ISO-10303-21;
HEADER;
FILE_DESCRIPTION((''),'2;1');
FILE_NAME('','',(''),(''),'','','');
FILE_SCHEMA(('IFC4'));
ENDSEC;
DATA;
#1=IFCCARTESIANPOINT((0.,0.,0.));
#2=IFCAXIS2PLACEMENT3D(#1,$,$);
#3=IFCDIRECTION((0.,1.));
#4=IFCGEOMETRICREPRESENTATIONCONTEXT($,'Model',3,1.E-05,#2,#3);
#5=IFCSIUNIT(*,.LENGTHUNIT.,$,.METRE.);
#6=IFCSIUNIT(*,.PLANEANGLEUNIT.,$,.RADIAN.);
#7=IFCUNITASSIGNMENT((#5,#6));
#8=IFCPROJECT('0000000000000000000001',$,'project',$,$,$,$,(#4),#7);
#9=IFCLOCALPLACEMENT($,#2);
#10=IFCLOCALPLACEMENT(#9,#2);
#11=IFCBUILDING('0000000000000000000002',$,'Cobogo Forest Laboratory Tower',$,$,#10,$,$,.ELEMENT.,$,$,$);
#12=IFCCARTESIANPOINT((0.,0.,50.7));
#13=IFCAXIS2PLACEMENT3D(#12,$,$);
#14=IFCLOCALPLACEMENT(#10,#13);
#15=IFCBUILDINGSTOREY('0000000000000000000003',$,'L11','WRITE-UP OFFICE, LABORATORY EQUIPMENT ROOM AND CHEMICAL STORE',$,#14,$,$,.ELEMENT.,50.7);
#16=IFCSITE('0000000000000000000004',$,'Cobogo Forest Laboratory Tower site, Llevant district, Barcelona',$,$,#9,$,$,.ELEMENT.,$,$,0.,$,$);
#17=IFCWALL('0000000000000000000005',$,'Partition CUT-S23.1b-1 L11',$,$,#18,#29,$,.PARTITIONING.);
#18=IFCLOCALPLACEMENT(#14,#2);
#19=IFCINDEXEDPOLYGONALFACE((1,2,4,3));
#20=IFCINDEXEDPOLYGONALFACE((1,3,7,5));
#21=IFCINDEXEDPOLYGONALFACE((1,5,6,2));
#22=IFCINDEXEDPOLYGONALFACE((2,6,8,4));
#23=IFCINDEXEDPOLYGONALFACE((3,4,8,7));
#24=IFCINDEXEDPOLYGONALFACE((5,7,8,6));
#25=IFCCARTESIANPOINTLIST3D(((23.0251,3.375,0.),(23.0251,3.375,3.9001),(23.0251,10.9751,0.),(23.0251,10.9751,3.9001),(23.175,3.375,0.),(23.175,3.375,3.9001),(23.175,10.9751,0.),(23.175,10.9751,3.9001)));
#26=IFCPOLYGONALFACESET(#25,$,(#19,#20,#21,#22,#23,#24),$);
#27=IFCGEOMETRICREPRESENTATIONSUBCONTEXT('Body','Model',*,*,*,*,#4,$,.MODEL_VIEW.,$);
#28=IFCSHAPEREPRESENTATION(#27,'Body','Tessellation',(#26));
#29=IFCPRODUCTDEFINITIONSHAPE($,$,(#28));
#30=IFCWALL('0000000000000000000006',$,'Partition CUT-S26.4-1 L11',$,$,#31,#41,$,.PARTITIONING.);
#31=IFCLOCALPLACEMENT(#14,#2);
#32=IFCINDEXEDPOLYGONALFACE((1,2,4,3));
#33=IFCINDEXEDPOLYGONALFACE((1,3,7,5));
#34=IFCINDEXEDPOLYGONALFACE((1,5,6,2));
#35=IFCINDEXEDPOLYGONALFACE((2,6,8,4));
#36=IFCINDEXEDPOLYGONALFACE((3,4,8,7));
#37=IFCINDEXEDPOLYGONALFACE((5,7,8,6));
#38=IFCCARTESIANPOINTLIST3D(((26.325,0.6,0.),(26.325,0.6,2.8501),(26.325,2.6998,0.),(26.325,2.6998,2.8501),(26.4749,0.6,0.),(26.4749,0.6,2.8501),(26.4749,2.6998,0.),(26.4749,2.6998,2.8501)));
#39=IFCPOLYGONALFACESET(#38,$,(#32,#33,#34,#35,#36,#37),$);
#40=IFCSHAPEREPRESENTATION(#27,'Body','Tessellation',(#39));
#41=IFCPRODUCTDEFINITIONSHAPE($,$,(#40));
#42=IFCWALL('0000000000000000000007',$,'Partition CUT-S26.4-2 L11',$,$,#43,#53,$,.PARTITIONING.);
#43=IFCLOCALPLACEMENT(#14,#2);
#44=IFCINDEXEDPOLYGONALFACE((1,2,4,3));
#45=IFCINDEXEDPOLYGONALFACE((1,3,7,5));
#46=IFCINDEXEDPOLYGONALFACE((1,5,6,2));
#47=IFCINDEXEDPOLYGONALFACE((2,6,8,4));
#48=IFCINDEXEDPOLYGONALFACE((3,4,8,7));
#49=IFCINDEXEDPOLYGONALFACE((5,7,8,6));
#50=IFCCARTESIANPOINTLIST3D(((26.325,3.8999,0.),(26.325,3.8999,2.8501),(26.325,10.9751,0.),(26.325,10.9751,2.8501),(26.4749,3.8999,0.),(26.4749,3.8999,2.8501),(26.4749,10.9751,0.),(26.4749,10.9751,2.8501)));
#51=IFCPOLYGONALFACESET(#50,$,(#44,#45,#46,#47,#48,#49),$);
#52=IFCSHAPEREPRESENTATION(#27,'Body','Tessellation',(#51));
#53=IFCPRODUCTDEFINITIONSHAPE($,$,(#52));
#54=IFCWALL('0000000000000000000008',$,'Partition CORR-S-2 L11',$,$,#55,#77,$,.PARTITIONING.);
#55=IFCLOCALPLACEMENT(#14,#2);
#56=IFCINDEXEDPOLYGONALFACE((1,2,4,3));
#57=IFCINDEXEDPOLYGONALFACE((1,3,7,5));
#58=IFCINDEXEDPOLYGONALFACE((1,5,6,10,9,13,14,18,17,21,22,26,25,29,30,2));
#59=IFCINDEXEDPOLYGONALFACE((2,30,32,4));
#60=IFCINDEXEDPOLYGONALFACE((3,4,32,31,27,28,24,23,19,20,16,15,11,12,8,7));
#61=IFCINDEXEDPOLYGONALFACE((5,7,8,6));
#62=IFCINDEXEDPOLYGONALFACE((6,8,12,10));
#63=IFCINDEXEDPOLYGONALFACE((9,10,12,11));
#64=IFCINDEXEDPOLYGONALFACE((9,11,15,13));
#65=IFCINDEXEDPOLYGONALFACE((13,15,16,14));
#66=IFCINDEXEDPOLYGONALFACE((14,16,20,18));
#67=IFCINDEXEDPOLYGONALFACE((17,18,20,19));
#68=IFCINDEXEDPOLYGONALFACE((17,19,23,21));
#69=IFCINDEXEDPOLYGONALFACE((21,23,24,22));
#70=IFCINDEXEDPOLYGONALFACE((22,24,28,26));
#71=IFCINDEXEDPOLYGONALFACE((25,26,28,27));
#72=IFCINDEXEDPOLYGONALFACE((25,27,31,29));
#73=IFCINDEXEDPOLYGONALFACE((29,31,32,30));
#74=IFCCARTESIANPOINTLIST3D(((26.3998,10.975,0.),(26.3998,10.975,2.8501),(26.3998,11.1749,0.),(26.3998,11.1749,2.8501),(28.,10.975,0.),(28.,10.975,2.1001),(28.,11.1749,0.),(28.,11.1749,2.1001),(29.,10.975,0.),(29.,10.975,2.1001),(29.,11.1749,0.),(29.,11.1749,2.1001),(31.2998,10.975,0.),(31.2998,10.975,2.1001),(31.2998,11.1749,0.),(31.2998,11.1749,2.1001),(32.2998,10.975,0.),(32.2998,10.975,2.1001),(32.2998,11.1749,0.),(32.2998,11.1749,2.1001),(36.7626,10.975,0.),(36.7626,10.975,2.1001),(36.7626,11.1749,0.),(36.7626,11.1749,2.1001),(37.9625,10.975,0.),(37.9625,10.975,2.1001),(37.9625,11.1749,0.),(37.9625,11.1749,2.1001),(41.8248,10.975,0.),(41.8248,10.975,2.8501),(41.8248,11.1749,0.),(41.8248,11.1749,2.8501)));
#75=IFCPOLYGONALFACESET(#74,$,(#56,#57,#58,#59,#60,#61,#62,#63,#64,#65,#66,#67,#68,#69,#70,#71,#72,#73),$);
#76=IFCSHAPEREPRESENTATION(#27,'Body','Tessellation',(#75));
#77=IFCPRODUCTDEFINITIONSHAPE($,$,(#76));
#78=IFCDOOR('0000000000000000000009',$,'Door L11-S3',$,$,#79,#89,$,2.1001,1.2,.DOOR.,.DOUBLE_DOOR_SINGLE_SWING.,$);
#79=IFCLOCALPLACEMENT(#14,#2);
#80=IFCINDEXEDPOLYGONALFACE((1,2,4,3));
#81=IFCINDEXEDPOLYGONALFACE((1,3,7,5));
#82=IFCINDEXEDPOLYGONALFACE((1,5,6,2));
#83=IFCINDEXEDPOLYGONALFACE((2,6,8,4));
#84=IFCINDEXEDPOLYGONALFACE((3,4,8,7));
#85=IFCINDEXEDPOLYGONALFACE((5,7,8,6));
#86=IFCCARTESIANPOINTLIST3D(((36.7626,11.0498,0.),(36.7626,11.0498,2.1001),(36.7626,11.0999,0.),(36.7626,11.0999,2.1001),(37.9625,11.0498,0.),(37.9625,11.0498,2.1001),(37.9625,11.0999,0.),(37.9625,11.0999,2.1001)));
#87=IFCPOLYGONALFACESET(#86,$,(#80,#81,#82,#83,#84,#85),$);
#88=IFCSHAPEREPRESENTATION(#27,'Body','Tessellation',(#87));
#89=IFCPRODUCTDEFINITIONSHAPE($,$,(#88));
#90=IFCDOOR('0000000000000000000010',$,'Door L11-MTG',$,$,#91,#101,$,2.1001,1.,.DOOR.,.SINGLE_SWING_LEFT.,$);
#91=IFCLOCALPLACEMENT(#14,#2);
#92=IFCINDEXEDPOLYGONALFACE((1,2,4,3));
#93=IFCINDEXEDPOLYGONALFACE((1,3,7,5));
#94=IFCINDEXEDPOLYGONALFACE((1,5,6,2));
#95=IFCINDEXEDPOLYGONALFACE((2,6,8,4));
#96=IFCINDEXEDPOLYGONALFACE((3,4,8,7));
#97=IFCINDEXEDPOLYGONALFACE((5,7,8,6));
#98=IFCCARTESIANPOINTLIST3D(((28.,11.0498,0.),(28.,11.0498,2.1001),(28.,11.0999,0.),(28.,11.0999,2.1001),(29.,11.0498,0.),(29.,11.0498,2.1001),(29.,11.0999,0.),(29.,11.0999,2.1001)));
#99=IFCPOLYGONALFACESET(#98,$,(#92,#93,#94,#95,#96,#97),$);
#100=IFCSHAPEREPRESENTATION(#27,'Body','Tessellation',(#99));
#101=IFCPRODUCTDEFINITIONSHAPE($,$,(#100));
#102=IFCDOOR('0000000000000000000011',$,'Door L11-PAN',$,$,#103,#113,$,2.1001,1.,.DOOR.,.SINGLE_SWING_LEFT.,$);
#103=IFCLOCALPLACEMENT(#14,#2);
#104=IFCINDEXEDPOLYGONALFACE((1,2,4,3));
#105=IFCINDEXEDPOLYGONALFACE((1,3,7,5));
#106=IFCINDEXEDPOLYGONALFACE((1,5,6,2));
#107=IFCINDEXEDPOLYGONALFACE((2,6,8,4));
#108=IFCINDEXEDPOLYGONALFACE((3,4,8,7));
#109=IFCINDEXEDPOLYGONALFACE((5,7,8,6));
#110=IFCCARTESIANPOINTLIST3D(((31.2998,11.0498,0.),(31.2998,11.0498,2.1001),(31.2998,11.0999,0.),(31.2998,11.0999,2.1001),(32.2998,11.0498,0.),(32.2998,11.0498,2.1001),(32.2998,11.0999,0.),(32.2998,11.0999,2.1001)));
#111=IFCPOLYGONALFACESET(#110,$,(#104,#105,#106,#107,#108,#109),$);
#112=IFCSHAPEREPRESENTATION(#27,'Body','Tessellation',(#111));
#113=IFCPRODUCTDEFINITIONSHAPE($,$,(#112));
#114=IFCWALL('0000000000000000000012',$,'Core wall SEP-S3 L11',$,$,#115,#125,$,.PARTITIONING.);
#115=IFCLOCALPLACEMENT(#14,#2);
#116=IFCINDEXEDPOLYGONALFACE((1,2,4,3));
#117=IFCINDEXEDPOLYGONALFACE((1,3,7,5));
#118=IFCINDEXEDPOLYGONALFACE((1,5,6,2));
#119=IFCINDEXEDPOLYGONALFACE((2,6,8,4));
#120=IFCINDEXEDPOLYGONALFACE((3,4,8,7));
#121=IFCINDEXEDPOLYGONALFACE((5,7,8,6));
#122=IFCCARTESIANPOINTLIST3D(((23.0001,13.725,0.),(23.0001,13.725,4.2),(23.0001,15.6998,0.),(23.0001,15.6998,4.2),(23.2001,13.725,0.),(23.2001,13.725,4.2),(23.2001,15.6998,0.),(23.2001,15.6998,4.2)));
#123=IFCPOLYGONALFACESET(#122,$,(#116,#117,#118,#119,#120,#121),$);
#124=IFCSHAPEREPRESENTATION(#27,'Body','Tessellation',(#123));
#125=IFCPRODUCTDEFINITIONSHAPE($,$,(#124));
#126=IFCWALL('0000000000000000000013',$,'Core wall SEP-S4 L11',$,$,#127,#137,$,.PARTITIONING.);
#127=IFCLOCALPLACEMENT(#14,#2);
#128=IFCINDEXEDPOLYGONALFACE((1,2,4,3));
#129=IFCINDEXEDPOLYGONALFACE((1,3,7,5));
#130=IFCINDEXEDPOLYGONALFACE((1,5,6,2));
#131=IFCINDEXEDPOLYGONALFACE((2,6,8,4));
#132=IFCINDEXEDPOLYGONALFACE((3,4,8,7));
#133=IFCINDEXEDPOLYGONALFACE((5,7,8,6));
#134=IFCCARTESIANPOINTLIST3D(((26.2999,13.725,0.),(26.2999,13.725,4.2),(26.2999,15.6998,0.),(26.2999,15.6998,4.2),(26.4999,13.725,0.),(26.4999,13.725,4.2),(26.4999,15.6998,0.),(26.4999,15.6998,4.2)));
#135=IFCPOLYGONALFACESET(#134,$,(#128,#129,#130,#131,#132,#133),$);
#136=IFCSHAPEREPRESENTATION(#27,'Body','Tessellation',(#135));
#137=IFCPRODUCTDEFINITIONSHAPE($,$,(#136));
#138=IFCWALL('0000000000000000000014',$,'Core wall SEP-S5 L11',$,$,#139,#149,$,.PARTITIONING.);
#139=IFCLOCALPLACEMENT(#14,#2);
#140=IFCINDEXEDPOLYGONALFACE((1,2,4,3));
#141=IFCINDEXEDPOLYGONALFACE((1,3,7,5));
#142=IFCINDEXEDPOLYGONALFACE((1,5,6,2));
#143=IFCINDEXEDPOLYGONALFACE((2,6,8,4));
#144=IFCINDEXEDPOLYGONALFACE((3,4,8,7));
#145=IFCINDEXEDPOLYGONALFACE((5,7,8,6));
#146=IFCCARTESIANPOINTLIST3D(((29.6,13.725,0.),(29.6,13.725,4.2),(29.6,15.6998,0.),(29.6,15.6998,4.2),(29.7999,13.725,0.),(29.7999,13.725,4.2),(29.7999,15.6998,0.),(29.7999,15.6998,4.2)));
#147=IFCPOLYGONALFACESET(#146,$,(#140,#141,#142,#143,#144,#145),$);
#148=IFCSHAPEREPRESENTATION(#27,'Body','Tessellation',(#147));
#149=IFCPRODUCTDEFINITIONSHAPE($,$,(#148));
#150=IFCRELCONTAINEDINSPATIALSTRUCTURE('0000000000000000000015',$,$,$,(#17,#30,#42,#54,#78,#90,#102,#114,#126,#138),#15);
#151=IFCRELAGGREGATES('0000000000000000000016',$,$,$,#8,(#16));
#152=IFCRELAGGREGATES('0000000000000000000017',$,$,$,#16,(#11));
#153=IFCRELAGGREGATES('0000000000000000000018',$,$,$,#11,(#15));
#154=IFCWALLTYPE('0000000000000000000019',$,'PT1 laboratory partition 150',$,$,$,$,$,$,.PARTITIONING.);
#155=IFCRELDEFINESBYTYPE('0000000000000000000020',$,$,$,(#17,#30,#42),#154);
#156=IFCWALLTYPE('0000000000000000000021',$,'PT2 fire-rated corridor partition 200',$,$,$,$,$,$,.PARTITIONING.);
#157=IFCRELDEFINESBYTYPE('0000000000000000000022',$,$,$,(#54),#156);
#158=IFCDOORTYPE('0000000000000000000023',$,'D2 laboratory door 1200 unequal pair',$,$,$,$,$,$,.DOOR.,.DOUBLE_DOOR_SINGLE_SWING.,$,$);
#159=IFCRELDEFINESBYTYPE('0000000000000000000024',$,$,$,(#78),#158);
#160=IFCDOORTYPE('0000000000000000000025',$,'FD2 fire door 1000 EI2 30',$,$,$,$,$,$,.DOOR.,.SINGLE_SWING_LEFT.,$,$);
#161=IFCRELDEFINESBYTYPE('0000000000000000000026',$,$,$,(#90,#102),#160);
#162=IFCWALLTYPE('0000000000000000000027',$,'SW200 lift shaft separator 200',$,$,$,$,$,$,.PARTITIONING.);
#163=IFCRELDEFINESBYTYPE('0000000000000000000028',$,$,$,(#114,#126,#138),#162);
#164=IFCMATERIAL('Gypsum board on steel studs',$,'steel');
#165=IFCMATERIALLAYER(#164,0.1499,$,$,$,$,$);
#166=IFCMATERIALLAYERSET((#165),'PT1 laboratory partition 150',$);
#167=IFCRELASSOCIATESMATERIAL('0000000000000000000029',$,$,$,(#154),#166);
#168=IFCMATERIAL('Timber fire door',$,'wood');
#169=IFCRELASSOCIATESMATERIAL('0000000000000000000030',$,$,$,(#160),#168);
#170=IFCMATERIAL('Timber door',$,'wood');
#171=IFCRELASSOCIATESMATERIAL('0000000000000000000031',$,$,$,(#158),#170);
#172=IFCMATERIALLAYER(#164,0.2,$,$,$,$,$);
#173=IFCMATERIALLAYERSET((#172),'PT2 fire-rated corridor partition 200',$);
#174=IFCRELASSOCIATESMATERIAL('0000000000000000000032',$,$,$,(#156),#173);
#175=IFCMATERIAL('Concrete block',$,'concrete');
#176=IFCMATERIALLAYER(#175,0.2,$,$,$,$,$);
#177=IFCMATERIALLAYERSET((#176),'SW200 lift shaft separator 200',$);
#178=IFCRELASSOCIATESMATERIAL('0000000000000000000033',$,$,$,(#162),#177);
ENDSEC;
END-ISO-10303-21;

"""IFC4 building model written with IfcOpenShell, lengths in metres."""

from ifc_helpers import new_model, si_unit, direction, frame, frame_2d, origin, place, context, subcontext, project, spatial, rectangle, extrude, material, layer, layer_set, type_object, element, fill, save


model = new_model("IFC4")

# Units and contexts
model_context = context("Model", 3, precision=1e-05, world=origin(), true_north=direction((0.0, 1.0)))
body_context = subcontext(model_context, "Body", "Model", "MODEL_VIEW")
ifc_project = project(units=[si_unit("LENGTHUNIT", "METRE"), si_unit("PLANEANGLEUNIT", "RADIAN")], contexts=[model_context])

# Site, building, storey
site_placement = place(None, origin())
site = spatial("IfcSite", under=ifc_project, at=site_placement, Name="Cobogo Forest Laboratory Tower site, Llevant district, Barcelona", CompositionType="ELEMENT", RefElevation=0.0)
building_placement = place(site_placement, origin())
building = spatial("IfcBuilding", under=site, at=building_placement, Name="Cobogo Forest Laboratory Tower", CompositionType="ELEMENT")
storey_placement = place(building_placement, frame((0.0, 0.0, 50.7)))
storey = spatial("IfcBuildingStorey", under=building, at=storey_placement, Name="L11", Description="WRITE-UP OFFICE, LABORATORY EQUIPMENT ROOM AND CHEMICAL STORE", CompositionType="ELEMENT", Elevation=50.7)

# Shared definitions
ifc_material_1 = material(Name="Gypsum board on steel studs", Category="steel")
ifc_layer_1 = layer(ifc_material_1, 0.1499)
ifc_layer_set_1 = layer_set([ifc_layer_1], Name="PT1 laboratory partition 150")
wall_type_1 = type_object("IfcWallType", Name="PT1 laboratory partition 150", PredefinedType="PARTITIONING", material=ifc_layer_set_1)
ifc_material_2 = material(Name="Timber fire door", Category="wood")
door_type_1 = type_object("IfcDoorType", Name="FD2 fire door 1000 EI2 30", OperationType="SINGLE_SWING_LEFT", PredefinedType="DOOR", material=ifc_material_2)
ifc_material_3 = material(Name="Timber door", Category="wood")
door_type_2 = type_object("IfcDoorType", Name="D2 laboratory door 1200 unequal pair", OperationType="DOUBLE_DOOR_SINGLE_SWING", PredefinedType="DOOR", material=ifc_material_3)

# Walls
wall_1_placement = place(storey_placement, frame((23.1001, 3.375, 0.0), z_axis=(0.0, 0.0, 1.0), x_axis=(0.0, 1.0, 0.0)))
element("IfcWall", 1, at=wall_1_placement, inside=storey, type_object=wall_type_1, Name="Partition CUT-S23.1b-1 L11", PredefinedType="PARTITIONING", context=body_context, shape_type="SweptSolid", body=[
    extrude(rectangle(XDim=7.6001, YDim=0.1499, at=frame_2d((3.8, 0.0))), origin(), (0.0, 0.0, 1.0), 3.9001),
])
wall_2_placement = place(storey_placement, frame((26.3999, 0.6001, 0.0), z_axis=(0.0, 0.0, 1.0), x_axis=(0.0, 1.0, 0.0)))
element("IfcWall", 2, at=wall_2_placement, inside=storey, type_object=wall_type_1, Name="Partition CUT-S26.4-1 L11", PredefinedType="PARTITIONING", context=body_context, shape_type="SweptSolid", body=[
    extrude(rectangle(XDim=2.0999, YDim=0.1499, at=frame_2d((1.0498, 0.0))), origin(), (0.0, 0.0, 1.0), 2.8501),
])
wall_3_placement = place(storey_placement, frame((26.3999, 3.8999, 0.0), z_axis=(0.0, 0.0, 1.0), x_axis=(0.0, 1.0, 0.0)))
element("IfcWall", 3, at=wall_3_placement, inside=storey, type_object=wall_type_1, Name="Partition CUT-S26.4-2 L11", PredefinedType="PARTITIONING", context=body_context, shape_type="SweptSolid", body=[
    extrude(rectangle(XDim=7.0752, YDim=0.1499, at=frame_2d((3.5376, 0.0))), origin(), (0.0, 0.0, 1.0), 2.8501),
])

# Wall, openings, doors
ifc_layer_2 = layer(ifc_material_1, 0.2)
ifc_layer_set_2 = layer_set([ifc_layer_2], Name="PT2 fire-rated corridor partition 200")
wall_type_2 = type_object("IfcWallType", Name="PT2 fire-rated corridor partition 200", PredefinedType="PARTITIONING", material=ifc_layer_set_2)
wall_4_placement = place(storey_placement, frame((26.3999, 11.075, 0.0), z_axis=(0.0, 0.0, 1.0), x_axis=(1.0, 0.0, 0.0)))
wall_4 = element("IfcWall", 4, at=wall_4_placement, inside=storey, type_object=wall_type_2, Name="Partition CORR-S-2 L11", PredefinedType="PARTITIONING", context=body_context, shape_type="SweptSolid", body=[
    extrude(rectangle(XDim=15.425, YDim=0.2, at=frame_2d((7.7124, 0.0))), origin(), (0.0, 0.0, 1.0), 2.8501),
])
opening_1_placement = place(wall_4_placement, frame((1.6001, 0.0, 0.0)))
opening_1 = element("IfcOpeningElement", 5, at=opening_1_placement, cuts=wall_4, PredefinedType="OPENING", context=body_context, shape_type="SweptSolid", body=[
    extrude(rectangle(XDim=1.0, YDim=2.1001, at=frame_2d((0.5, 1.05))), frame((0.0, 0.1099, 0.0), z_axis=(0.0, -1.0, 0.0), x_axis=(1.0, 0.0, 0.0)), (0.0, 0.0, 1.0), 0.22),
])
opening_2_placement = place(wall_4_placement, frame((4.8999, 0.0, 0.0)))
opening_2 = element("IfcOpeningElement", 6, at=opening_2_placement, cuts=wall_4, PredefinedType="OPENING", context=body_context, shape_type="SweptSolid", body=[
    extrude(rectangle(XDim=1.0, YDim=2.1001, at=frame_2d((0.5, 1.05))), frame((0.0, 0.1099, 0.0), z_axis=(0.0, -1.0, 0.0), x_axis=(1.0, 0.0, 0.0)), (0.0, 0.0, 1.0), 0.22),
])
opening_3_placement = place(wall_4_placement, frame((10.3625, 0.0, 0.0)))
opening_3 = element("IfcOpeningElement", 7, at=opening_3_placement, cuts=wall_4, PredefinedType="OPENING", context=body_context, shape_type="SweptSolid", body=[
    extrude(rectangle(XDim=1.2, YDim=2.1001, at=frame_2d((0.6001, 1.05))), frame((0.0, 0.1099, 0.0), z_axis=(0.0, -1.0, 0.0), x_axis=(1.0, 0.0, 0.0)), (0.0, 0.0, 1.0), 0.22),
])
door_1_placement = place(opening_3_placement, origin())
door_1 = element("IfcDoor", 8, at=door_1_placement, inside=storey, type_object=door_type_2, Name="Door L11-S3", OperationType="DOUBLE_DOOR_SINGLE_SWING", OverallHeight=2.1001, OverallWidth=1.2, PredefinedType="DOOR", context=body_context, shape_type="SweptSolid", body=[
    extrude(rectangle(XDim=1.2, YDim=2.1001, at=frame_2d((0.6001, 1.05))), frame((0.0, 0.0249, 0.0), z_axis=(0.0, -1.0, 0.0), x_axis=(1.0, 0.0, 0.0)), (0.0, 0.0, 1.0), 0.05),
])
fill(opening_3, door_1)
door_2_placement = place(opening_1_placement, origin())
door_2 = element("IfcDoor", 9, at=door_2_placement, inside=storey, type_object=door_type_1, Name="Door L11-MTG", OperationType="SINGLE_SWING_LEFT", OverallHeight=2.1001, OverallWidth=1.0, PredefinedType="DOOR", context=body_context, shape_type="SweptSolid", body=[
    extrude(rectangle(XDim=1.0, YDim=2.1001, at=frame_2d((0.5, 1.05))), frame((0.0, 0.0249, 0.0), z_axis=(0.0, -1.0, 0.0), x_axis=(1.0, 0.0, 0.0)), (0.0, 0.0, 1.0), 0.05),
])
fill(opening_1, door_2)
door_3_placement = place(opening_2_placement, origin())
door_3 = element("IfcDoor", 10, at=door_3_placement, inside=storey, type_object=door_type_1, Name="Door L11-PAN", OperationType="SINGLE_SWING_LEFT", OverallHeight=2.1001, OverallWidth=1.0, PredefinedType="DOOR", context=body_context, shape_type="SweptSolid", body=[
    extrude(rectangle(XDim=1.0, YDim=2.1001, at=frame_2d((0.5, 1.05))), frame((0.0, 0.0249, 0.0), z_axis=(0.0, -1.0, 0.0), x_axis=(1.0, 0.0, 0.0)), (0.0, 0.0, 1.0), 0.05),
])
fill(opening_2, door_3)

# Walls
ifc_material_4 = material(Name="Concrete block", Category="concrete")
ifc_layer_3 = layer(ifc_material_4, 0.2)
ifc_layer_set_3 = layer_set([ifc_layer_3], Name="SW200 lift shaft separator 200")
wall_type_3 = type_object("IfcWallType", Name="SW200 lift shaft separator 200", PredefinedType="PARTITIONING", material=ifc_layer_set_3)
for number, where, z_axis, x_axis, name in (
    (11, (23.1001, 13.7251, 0.0), (0.0, 0.0, 1.0), (0.0, 1.0, 0.0), "Core wall SEP-S3 L11"),
    (12, (26.3999, 13.7251, 0.0), (0.0, 0.0, 1.0), (0.0, 1.0, 0.0), "Core wall SEP-S4 L11"),
    (13, (29.7, 13.7251, 0.0), (0.0, 0.0, 1.0), (0.0, 1.0, 0.0), "Core wall SEP-S5 L11"),
):
    element("IfcWall", number, at=place(storey_placement, frame(where, z_axis=z_axis, x_axis=x_axis)), inside=storey, type_object=wall_type_3, Name=name, PredefinedType="PARTITIONING", context=body_context, shape_type="SweptSolid", body=[
        extrude(rectangle(XDim=1.9749, YDim=0.2, at=frame_2d((0.9873, 0.0))), origin(), (0.0, 0.0, 1.0), 4.2),
    ])

save(model, "model.ifc")
